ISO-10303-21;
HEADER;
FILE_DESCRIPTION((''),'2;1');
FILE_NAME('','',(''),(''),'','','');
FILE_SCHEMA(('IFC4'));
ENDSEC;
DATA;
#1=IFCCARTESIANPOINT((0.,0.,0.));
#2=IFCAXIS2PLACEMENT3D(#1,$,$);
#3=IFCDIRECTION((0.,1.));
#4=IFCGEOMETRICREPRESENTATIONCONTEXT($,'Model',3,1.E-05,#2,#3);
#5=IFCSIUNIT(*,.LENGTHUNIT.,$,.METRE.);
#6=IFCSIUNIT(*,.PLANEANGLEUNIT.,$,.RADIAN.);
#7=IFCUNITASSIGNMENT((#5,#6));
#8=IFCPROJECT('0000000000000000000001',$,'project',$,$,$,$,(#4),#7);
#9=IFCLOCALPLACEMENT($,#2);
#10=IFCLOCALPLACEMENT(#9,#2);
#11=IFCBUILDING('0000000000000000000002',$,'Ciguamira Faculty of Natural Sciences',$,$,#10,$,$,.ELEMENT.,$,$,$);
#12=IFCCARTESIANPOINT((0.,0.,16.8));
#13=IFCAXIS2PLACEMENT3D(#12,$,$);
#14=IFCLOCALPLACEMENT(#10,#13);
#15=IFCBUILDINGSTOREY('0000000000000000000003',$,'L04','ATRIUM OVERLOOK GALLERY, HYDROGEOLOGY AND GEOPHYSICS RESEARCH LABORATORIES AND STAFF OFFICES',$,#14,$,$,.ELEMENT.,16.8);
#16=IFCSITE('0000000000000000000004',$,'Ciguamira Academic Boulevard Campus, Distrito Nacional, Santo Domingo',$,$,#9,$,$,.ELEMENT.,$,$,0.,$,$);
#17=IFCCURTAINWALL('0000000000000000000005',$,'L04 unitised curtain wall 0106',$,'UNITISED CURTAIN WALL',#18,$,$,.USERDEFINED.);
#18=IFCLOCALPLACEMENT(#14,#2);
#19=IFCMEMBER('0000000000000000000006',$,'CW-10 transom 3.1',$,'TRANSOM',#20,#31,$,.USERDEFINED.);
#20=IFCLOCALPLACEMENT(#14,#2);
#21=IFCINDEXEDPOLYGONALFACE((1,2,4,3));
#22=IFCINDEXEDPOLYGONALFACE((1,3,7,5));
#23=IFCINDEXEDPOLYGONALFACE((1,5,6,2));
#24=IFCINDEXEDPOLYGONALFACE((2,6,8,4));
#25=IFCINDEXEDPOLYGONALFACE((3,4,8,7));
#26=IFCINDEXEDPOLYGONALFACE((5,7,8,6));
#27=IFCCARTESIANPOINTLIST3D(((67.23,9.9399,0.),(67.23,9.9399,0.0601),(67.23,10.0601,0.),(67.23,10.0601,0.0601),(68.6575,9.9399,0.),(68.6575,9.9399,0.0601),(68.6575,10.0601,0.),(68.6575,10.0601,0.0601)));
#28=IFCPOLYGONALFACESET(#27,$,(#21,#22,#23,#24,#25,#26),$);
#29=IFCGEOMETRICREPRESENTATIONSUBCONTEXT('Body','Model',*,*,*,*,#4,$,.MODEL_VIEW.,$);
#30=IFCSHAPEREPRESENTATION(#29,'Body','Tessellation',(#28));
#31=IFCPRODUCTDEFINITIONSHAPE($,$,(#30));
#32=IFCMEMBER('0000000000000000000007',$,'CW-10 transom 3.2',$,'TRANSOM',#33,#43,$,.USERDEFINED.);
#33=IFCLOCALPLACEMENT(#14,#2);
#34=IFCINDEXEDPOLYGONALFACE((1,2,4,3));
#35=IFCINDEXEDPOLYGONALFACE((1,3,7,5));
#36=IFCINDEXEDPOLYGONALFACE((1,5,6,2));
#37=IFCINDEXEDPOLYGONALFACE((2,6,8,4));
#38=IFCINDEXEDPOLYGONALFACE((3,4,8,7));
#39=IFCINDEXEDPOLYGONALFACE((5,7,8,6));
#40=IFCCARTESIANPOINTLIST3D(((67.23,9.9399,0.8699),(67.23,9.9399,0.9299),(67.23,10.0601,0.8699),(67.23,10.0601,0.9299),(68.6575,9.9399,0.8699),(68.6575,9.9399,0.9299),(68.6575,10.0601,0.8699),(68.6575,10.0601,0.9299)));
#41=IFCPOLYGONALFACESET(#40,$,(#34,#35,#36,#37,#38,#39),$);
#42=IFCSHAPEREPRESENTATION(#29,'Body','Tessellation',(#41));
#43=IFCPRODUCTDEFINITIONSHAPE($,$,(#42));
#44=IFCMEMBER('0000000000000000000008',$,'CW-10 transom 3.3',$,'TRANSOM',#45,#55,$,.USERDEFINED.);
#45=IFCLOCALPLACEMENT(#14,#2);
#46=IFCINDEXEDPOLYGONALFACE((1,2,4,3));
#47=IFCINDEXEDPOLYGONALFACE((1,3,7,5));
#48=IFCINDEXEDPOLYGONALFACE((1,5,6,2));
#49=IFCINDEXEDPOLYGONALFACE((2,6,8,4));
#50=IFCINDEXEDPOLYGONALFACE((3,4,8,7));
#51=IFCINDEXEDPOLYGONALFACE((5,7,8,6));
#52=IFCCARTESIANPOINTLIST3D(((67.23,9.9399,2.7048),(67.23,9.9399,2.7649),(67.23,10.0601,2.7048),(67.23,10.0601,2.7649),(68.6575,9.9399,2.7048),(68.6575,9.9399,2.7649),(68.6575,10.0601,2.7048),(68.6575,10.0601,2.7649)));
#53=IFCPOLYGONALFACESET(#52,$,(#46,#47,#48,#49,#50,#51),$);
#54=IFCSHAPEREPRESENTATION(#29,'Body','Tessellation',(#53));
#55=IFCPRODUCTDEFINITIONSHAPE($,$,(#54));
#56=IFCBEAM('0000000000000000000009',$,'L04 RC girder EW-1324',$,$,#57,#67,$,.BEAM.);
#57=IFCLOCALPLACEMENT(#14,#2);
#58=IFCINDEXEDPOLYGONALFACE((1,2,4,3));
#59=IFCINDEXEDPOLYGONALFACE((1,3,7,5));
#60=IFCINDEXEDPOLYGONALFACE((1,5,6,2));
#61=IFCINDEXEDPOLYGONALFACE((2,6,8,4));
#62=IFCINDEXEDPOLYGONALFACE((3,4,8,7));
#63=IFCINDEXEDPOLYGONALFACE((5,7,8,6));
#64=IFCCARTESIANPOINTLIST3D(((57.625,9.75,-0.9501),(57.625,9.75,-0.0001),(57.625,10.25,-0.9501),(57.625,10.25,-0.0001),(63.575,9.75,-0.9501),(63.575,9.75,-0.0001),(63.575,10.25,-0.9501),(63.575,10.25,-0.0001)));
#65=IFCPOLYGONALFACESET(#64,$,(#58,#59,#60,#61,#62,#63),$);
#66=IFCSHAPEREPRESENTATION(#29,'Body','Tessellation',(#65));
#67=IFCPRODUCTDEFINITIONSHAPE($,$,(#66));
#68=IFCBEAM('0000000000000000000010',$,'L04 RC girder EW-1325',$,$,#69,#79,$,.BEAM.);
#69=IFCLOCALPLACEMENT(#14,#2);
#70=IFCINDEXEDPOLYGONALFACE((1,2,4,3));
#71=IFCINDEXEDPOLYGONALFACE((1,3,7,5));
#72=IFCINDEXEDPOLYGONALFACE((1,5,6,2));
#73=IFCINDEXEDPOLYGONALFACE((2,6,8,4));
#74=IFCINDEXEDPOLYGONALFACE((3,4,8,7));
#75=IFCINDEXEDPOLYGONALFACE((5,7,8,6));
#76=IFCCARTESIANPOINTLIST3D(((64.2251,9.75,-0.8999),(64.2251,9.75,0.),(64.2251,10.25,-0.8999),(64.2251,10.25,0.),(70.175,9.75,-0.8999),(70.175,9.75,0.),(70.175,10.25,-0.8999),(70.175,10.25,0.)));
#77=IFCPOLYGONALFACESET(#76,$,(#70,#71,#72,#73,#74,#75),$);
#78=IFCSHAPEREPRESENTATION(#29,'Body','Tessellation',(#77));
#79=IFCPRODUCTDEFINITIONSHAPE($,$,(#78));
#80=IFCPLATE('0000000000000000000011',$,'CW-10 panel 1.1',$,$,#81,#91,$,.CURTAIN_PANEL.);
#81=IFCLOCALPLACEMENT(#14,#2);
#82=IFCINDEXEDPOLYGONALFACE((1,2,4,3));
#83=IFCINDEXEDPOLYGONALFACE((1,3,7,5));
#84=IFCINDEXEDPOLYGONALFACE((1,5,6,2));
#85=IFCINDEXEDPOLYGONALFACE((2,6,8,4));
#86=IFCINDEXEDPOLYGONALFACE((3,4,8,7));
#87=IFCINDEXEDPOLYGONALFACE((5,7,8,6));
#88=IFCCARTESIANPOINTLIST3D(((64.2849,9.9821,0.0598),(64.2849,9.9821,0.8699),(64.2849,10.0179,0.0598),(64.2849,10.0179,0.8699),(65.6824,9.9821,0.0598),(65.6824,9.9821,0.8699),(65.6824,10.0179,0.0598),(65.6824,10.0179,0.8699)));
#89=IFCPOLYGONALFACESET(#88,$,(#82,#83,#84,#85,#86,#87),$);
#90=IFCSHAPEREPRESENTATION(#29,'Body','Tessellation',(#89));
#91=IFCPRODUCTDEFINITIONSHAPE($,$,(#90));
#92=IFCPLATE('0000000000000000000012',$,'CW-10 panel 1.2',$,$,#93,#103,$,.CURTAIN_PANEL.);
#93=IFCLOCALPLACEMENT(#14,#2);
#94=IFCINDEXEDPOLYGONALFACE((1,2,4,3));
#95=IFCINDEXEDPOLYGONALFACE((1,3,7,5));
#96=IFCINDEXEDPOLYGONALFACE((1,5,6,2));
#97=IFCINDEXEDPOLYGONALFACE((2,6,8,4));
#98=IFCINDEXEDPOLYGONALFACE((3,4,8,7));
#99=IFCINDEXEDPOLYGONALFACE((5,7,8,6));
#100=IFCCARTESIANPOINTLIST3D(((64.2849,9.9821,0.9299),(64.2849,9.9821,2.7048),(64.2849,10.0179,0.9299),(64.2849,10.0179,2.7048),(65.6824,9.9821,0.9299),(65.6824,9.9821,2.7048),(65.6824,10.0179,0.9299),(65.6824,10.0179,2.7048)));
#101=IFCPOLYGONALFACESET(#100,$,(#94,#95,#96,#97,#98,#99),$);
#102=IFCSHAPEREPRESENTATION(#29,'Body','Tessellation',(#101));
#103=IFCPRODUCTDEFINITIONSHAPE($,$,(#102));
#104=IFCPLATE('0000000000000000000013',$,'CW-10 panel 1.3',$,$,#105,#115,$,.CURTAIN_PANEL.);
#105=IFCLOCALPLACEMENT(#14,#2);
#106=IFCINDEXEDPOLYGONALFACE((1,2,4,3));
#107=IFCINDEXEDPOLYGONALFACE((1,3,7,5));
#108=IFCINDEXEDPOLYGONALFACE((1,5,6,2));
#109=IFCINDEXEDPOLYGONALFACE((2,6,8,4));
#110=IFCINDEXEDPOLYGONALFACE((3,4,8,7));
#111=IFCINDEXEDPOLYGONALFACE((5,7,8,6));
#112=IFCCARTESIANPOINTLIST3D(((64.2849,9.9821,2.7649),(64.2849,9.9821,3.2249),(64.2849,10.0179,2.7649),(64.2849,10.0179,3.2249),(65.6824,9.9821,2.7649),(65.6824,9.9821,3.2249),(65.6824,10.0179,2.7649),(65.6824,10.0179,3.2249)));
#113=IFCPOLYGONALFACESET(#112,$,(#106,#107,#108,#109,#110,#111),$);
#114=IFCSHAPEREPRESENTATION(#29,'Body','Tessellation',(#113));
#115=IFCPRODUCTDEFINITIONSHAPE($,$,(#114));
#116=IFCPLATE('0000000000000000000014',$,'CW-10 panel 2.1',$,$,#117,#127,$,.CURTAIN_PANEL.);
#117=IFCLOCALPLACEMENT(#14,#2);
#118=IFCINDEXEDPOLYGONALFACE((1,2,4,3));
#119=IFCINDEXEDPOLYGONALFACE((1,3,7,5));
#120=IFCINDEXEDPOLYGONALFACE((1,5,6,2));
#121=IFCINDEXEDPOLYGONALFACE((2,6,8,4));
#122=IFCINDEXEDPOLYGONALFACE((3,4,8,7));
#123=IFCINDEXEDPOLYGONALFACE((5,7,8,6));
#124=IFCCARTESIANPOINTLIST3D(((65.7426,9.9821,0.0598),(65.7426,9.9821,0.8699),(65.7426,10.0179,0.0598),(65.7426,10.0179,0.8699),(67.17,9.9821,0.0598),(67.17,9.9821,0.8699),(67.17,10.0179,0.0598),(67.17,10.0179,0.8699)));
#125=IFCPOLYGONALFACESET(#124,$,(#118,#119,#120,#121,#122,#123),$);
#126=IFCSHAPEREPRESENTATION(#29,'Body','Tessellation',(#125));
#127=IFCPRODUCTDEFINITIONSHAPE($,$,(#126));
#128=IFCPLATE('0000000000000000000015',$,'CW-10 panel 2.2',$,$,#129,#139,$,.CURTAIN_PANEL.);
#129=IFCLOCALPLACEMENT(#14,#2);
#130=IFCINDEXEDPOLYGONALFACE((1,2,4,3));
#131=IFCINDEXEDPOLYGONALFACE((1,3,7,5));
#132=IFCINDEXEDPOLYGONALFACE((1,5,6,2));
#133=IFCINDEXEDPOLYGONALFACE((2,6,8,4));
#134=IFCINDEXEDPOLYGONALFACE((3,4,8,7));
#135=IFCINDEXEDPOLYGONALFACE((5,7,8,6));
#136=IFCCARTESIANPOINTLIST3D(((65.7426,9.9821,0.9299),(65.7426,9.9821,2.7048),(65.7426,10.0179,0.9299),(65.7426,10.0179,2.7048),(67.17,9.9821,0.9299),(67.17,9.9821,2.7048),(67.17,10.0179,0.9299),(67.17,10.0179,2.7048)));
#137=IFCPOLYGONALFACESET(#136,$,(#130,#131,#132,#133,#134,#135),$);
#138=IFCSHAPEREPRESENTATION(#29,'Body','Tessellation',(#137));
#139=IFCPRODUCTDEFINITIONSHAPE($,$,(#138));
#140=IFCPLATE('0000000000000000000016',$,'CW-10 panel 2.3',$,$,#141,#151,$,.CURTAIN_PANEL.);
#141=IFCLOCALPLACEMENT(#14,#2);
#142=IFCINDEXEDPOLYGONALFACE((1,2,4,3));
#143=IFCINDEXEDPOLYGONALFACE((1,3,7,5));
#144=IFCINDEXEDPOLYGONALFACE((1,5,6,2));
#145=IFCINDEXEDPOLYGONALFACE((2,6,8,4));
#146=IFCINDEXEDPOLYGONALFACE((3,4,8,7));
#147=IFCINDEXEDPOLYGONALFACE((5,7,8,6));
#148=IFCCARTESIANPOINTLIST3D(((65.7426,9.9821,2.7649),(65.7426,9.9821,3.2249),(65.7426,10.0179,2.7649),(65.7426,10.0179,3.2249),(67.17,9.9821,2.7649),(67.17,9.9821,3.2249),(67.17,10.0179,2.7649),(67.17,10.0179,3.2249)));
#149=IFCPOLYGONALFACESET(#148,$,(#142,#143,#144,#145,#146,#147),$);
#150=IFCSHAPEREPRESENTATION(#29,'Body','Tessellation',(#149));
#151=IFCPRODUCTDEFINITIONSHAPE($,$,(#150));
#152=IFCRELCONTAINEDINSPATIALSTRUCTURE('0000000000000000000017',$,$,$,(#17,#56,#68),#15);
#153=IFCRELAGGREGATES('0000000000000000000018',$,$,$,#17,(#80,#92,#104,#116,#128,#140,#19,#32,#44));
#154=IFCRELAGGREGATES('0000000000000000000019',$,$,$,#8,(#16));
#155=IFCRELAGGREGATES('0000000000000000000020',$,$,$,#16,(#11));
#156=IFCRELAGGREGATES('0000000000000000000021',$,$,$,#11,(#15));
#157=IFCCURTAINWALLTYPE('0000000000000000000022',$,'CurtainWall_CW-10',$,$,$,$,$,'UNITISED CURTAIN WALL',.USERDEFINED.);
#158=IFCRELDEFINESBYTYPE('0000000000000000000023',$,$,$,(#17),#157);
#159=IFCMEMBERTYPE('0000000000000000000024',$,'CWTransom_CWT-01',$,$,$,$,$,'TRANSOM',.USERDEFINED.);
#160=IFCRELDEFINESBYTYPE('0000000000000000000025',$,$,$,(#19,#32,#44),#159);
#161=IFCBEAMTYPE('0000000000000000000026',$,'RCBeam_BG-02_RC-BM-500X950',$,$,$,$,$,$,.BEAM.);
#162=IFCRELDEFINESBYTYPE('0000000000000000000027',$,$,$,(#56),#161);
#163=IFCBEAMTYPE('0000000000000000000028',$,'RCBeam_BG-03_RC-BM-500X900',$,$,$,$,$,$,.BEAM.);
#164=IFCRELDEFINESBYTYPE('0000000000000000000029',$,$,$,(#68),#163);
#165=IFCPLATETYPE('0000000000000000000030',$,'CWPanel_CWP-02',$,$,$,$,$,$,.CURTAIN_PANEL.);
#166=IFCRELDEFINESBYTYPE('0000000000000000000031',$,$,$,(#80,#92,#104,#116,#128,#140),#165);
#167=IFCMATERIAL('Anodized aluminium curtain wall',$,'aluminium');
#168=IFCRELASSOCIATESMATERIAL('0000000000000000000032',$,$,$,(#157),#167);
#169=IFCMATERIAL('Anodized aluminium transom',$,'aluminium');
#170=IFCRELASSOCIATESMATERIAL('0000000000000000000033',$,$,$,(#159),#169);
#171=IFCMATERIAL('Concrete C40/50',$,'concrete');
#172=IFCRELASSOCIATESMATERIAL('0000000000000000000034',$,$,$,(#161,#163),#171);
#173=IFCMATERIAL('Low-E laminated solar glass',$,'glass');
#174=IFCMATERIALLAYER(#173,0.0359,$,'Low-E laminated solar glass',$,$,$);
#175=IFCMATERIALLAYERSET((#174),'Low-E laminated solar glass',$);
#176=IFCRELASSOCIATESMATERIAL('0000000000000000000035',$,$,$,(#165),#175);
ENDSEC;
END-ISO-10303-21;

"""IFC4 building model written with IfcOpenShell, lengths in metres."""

from ifc_helpers import new_model, si_unit, direction, frame, origin, origin_2d, place, context, subcontext, project, spatial, rectangle, extrude, material, layer, layer_set, material_profile, profile_set, type_object, element, aggregate, save


model = new_model("IFC4")

# Units and contexts
model_context = context("Model", 3, precision=1e-05, world=origin(), true_north=direction((0.0, 1.0)))
body_context = subcontext(model_context, "Body", "Model", "MODEL_VIEW")
ifc_project = project(units=[si_unit("LENGTHUNIT", "METRE"), si_unit("PLANEANGLEUNIT", "RADIAN")], contexts=[model_context])

# Site, building, storey
site_placement = place(None, origin())
site = spatial("IfcSite", under=ifc_project, at=site_placement, Name="Ciguamira Academic Boulevard Campus, Distrito Nacional, Santo Domingo", CompositionType="ELEMENT", RefElevation=0.0)
building_placement = place(site_placement, origin())
building = spatial("IfcBuilding", under=site, at=building_placement, Name="Ciguamira Faculty of Natural Sciences", CompositionType="ELEMENT")
storey_placement = place(building_placement, frame((0.0, 0.0, 16.8)))
storey = spatial("IfcBuildingStorey", under=building, at=storey_placement, Name="L04", Description="ATRIUM OVERLOOK GALLERY, HYDROGEOLOGY AND GEOPHYSICS RESEARCH LABORATORIES AND STAFF OFFICES", CompositionType="ELEMENT", Elevation=16.8)

# Shared definitions
ifc_material_1 = material(Name="Concrete C40/50", Category="concrete")

# Curtain wall, members
ifc_material_2 = material(Name="Anodized aluminium curtain wall", Category="aluminium")
curtain_wall_type = type_object("IfcCurtainWallType", Name="CurtainWall_CW-10", ElementType="UNITISED CURTAIN WALL", PredefinedType="USERDEFINED", material=ifc_material_2)
curtain_wall_placement = place(storey_placement, origin())
curtain_wall = element("IfcCurtainWall", 1, at=curtain_wall_placement, inside=storey, type_object=curtain_wall_type, Name="L04 unitised curtain wall 0106", ObjectType="UNITISED CURTAIN WALL", PredefinedType="USERDEFINED")
ifc_material_3 = material(Name="Anodized aluminium transom", Category="aluminium")
ifc_material_profile_1 = material_profile(ifc_material_3, rectangle(XDim=0.0601, YDim=0.1201, at=origin_2d()), Name="ALU-TRN-60X120")
ifc_profile_set_1 = profile_set([ifc_material_profile_1], Name="Anodized aluminium transom")
member_type_1 = type_object("IfcMemberType", Name="CWTransom_CWT-01", ElementType="TRANSOM", PredefinedType="USERDEFINED", material=ifc_profile_set_1)
member_1_placement = place(storey_placement, frame((67.23, 10.0, 0.03), z_axis=(1.0, 0.0, 0.0), x_axis=(0.0, 0.0, 1.0)))
member_1 = element("IfcMember", 2, at=member_1_placement, type_object=member_type_1, Name="CW-10 transom 3.1", ObjectType="TRANSOM", PredefinedType="USERDEFINED", context=body_context, shape_type="SweptSolid", body=[
    extrude(rectangle(XDim=0.0601, YDim=0.1201, at=origin_2d()), origin(), (0.0, 0.0, 1.0), 1.4275),
])
member_2_placement = place(storey_placement, frame((67.23, 10.0, 0.8999), z_axis=(1.0, 0.0, 0.0), x_axis=(0.0, 0.0, 1.0)))
member_2 = element("IfcMember", 3, at=member_2_placement, type_object=member_type_1, Name="CW-10 transom 3.2", ObjectType="TRANSOM", PredefinedType="USERDEFINED", context=body_context, shape_type="SweptSolid", body=[
    extrude(rectangle(XDim=0.0601, YDim=0.1201, at=origin_2d()), origin(), (0.0, 0.0, 1.0), 1.4275),
])
member_3_placement = place(storey_placement, frame((67.23, 10.0, 2.7349), z_axis=(1.0, 0.0, 0.0), x_axis=(0.0, 0.0, 1.0)))
member_3 = element("IfcMember", 4, at=member_3_placement, type_object=member_type_1, Name="CW-10 transom 3.3", ObjectType="TRANSOM", PredefinedType="USERDEFINED", context=body_context, shape_type="SweptSolid", body=[
    extrude(rectangle(XDim=0.0601, YDim=0.1201, at=origin_2d()), origin(), (0.0, 0.0, 1.0), 1.4275),
])

# Beams
ifc_material_profile_2 = material_profile(ifc_material_1, rectangle(XDim=0.5, YDim=0.95, at=origin_2d()), Name="RC-BM-500X950")
ifc_profile_set_2 = profile_set([ifc_material_profile_2], Name="Concrete C40/50")
beam_type_1 = type_object("IfcBeamType", Name="RCBeam_BG-02_RC-BM-500X950", PredefinedType="BEAM", material=ifc_profile_set_2)
beam_1_placement = place(storey_placement, frame((57.625, 10.0, -0.4751), z_axis=(1.0, 0.0, 0.0), x_axis=(0.0, 1.0, 0.0)))
element("IfcBeam", 5, at=beam_1_placement, inside=storey, type_object=beam_type_1, Name="L04 RC girder EW-1324", PredefinedType="BEAM", context=body_context, shape_type="SweptSolid", body=[
    extrude(rectangle(XDim=0.5, YDim=0.95, at=origin_2d()), origin(), (0.0, 0.0, 1.0), 5.95),
])
ifc_material_profile_3 = material_profile(ifc_material_1, rectangle(XDim=0.5, YDim=0.8999, at=origin_2d()), Name="RC-BM-500X900")
ifc_profile_set_3 = profile_set([ifc_material_profile_3], Name="Concrete C40/50")
beam_type_2 = type_object("IfcBeamType", Name="RCBeam_BG-03_RC-BM-500X900", PredefinedType="BEAM", material=ifc_profile_set_3)
beam_2_placement = place(storey_placement, frame((64.2251, 10.0, -0.45), z_axis=(1.0, 0.0, 0.0), x_axis=(0.0, 1.0, 0.0)))
element("IfcBeam", 6, at=beam_2_placement, inside=storey, type_object=beam_type_2, Name="L04 RC girder EW-1325", PredefinedType="BEAM", context=body_context, shape_type="SweptSolid", body=[
    extrude(rectangle(XDim=0.5, YDim=0.8999, at=origin_2d()), origin(), (0.0, 0.0, 1.0), 5.95),
])

# Plates
ifc_material_4 = material(Name="Low-E laminated solar glass", Category="glass")
ifc_layer = layer(ifc_material_4, 0.0359, Name="Low-E laminated solar glass")
ifc_layer_set = layer_set([ifc_layer], Name="Low-E laminated solar glass")
plate_type = type_object("IfcPlateType", Name="CWPanel_CWP-02", PredefinedType="CURTAIN_PANEL", material=ifc_layer_set)
plate_1_placement = place(storey_placement, frame((64.9836, 10.0, 0.0598), z_axis=(0.0, 0.0, 1.0), x_axis=(1.0, 0.0, 0.0)))
plate_1 = element("IfcPlate", 7, at=plate_1_placement, type_object=plate_type, Name="CW-10 panel 1.1", PredefinedType="CURTAIN_PANEL", context=body_context, shape_type="SweptSolid", body=[
    extrude(rectangle(XDim=1.3975, YDim=0.0359, at=origin_2d()), origin(), (0.0, 0.0, 1.0), 0.8101),
])
plate_2_placement = place(storey_placement, frame((64.9836, 10.0, 0.9299), z_axis=(0.0, 0.0, 1.0), x_axis=(1.0, 0.0, 0.0)))
plate_2 = element("IfcPlate", 8, at=plate_2_placement, type_object=plate_type, Name="CW-10 panel 1.2", PredefinedType="CURTAIN_PANEL", context=body_context, shape_type="SweptSolid", body=[
    extrude(rectangle(XDim=1.3975, YDim=0.0359, at=origin_2d()), origin(), (0.0, 0.0, 1.0), 1.7749),
])
plate_3_placement = place(storey_placement, frame((64.9836, 10.0, 2.7649), z_axis=(0.0, 0.0, 1.0), x_axis=(1.0, 0.0, 0.0)))
plate_3 = element("IfcPlate", 9, at=plate_3_placement, type_object=plate_type, Name="CW-10 panel 1.3", PredefinedType="CURTAIN_PANEL", context=body_context, shape_type="SweptSolid", body=[
    extrude(rectangle(XDim=1.3975, YDim=0.0359, at=origin_2d()), origin(), (0.0, 0.0, 1.0), 0.46),
])
plate_4_placement = place(storey_placement, frame((66.4563, 10.0, 0.0598), z_axis=(0.0, 0.0, 1.0), x_axis=(1.0, 0.0, 0.0)))
plate_4 = element("IfcPlate", 10, at=plate_4_placement, type_object=plate_type, Name="CW-10 panel 2.1", PredefinedType="CURTAIN_PANEL", context=body_context, shape_type="SweptSolid", body=[
    extrude(rectangle(XDim=1.4275, YDim=0.0359, at=origin_2d()), origin(), (0.0, 0.0, 1.0), 0.8101),
])
plate_5_placement = place(storey_placement, frame((66.4563, 10.0, 0.9299), z_axis=(0.0, 0.0, 1.0), x_axis=(1.0, 0.0, 0.0)))
plate_5 = element("IfcPlate", 11, at=plate_5_placement, type_object=plate_type, Name="CW-10 panel 2.2", PredefinedType="CURTAIN_PANEL", context=body_context, shape_type="SweptSolid", body=[
    extrude(rectangle(XDim=1.4275, YDim=0.0359, at=origin_2d()), origin(), (0.0, 0.0, 1.0), 1.7749),
])
plate_6_placement = place(storey_placement, frame((66.4563, 10.0, 2.7649), z_axis=(0.0, 0.0, 1.0), x_axis=(1.0, 0.0, 0.0)))
plate_6 = element("IfcPlate", 12, at=plate_6_placement, type_object=plate_type, Name="CW-10 panel 2.3", PredefinedType="CURTAIN_PANEL", context=body_context, shape_type="SweptSolid", body=[
    extrude(rectangle(XDim=1.4275, YDim=0.0359, at=origin_2d()), origin(), (0.0, 0.0, 1.0), 0.46),
])
aggregate(curtain_wall, [plate_1, plate_2, plate_3, plate_4, plate_5, plate_6, member_1, member_2, member_3])

save(model, "model.ifc")
